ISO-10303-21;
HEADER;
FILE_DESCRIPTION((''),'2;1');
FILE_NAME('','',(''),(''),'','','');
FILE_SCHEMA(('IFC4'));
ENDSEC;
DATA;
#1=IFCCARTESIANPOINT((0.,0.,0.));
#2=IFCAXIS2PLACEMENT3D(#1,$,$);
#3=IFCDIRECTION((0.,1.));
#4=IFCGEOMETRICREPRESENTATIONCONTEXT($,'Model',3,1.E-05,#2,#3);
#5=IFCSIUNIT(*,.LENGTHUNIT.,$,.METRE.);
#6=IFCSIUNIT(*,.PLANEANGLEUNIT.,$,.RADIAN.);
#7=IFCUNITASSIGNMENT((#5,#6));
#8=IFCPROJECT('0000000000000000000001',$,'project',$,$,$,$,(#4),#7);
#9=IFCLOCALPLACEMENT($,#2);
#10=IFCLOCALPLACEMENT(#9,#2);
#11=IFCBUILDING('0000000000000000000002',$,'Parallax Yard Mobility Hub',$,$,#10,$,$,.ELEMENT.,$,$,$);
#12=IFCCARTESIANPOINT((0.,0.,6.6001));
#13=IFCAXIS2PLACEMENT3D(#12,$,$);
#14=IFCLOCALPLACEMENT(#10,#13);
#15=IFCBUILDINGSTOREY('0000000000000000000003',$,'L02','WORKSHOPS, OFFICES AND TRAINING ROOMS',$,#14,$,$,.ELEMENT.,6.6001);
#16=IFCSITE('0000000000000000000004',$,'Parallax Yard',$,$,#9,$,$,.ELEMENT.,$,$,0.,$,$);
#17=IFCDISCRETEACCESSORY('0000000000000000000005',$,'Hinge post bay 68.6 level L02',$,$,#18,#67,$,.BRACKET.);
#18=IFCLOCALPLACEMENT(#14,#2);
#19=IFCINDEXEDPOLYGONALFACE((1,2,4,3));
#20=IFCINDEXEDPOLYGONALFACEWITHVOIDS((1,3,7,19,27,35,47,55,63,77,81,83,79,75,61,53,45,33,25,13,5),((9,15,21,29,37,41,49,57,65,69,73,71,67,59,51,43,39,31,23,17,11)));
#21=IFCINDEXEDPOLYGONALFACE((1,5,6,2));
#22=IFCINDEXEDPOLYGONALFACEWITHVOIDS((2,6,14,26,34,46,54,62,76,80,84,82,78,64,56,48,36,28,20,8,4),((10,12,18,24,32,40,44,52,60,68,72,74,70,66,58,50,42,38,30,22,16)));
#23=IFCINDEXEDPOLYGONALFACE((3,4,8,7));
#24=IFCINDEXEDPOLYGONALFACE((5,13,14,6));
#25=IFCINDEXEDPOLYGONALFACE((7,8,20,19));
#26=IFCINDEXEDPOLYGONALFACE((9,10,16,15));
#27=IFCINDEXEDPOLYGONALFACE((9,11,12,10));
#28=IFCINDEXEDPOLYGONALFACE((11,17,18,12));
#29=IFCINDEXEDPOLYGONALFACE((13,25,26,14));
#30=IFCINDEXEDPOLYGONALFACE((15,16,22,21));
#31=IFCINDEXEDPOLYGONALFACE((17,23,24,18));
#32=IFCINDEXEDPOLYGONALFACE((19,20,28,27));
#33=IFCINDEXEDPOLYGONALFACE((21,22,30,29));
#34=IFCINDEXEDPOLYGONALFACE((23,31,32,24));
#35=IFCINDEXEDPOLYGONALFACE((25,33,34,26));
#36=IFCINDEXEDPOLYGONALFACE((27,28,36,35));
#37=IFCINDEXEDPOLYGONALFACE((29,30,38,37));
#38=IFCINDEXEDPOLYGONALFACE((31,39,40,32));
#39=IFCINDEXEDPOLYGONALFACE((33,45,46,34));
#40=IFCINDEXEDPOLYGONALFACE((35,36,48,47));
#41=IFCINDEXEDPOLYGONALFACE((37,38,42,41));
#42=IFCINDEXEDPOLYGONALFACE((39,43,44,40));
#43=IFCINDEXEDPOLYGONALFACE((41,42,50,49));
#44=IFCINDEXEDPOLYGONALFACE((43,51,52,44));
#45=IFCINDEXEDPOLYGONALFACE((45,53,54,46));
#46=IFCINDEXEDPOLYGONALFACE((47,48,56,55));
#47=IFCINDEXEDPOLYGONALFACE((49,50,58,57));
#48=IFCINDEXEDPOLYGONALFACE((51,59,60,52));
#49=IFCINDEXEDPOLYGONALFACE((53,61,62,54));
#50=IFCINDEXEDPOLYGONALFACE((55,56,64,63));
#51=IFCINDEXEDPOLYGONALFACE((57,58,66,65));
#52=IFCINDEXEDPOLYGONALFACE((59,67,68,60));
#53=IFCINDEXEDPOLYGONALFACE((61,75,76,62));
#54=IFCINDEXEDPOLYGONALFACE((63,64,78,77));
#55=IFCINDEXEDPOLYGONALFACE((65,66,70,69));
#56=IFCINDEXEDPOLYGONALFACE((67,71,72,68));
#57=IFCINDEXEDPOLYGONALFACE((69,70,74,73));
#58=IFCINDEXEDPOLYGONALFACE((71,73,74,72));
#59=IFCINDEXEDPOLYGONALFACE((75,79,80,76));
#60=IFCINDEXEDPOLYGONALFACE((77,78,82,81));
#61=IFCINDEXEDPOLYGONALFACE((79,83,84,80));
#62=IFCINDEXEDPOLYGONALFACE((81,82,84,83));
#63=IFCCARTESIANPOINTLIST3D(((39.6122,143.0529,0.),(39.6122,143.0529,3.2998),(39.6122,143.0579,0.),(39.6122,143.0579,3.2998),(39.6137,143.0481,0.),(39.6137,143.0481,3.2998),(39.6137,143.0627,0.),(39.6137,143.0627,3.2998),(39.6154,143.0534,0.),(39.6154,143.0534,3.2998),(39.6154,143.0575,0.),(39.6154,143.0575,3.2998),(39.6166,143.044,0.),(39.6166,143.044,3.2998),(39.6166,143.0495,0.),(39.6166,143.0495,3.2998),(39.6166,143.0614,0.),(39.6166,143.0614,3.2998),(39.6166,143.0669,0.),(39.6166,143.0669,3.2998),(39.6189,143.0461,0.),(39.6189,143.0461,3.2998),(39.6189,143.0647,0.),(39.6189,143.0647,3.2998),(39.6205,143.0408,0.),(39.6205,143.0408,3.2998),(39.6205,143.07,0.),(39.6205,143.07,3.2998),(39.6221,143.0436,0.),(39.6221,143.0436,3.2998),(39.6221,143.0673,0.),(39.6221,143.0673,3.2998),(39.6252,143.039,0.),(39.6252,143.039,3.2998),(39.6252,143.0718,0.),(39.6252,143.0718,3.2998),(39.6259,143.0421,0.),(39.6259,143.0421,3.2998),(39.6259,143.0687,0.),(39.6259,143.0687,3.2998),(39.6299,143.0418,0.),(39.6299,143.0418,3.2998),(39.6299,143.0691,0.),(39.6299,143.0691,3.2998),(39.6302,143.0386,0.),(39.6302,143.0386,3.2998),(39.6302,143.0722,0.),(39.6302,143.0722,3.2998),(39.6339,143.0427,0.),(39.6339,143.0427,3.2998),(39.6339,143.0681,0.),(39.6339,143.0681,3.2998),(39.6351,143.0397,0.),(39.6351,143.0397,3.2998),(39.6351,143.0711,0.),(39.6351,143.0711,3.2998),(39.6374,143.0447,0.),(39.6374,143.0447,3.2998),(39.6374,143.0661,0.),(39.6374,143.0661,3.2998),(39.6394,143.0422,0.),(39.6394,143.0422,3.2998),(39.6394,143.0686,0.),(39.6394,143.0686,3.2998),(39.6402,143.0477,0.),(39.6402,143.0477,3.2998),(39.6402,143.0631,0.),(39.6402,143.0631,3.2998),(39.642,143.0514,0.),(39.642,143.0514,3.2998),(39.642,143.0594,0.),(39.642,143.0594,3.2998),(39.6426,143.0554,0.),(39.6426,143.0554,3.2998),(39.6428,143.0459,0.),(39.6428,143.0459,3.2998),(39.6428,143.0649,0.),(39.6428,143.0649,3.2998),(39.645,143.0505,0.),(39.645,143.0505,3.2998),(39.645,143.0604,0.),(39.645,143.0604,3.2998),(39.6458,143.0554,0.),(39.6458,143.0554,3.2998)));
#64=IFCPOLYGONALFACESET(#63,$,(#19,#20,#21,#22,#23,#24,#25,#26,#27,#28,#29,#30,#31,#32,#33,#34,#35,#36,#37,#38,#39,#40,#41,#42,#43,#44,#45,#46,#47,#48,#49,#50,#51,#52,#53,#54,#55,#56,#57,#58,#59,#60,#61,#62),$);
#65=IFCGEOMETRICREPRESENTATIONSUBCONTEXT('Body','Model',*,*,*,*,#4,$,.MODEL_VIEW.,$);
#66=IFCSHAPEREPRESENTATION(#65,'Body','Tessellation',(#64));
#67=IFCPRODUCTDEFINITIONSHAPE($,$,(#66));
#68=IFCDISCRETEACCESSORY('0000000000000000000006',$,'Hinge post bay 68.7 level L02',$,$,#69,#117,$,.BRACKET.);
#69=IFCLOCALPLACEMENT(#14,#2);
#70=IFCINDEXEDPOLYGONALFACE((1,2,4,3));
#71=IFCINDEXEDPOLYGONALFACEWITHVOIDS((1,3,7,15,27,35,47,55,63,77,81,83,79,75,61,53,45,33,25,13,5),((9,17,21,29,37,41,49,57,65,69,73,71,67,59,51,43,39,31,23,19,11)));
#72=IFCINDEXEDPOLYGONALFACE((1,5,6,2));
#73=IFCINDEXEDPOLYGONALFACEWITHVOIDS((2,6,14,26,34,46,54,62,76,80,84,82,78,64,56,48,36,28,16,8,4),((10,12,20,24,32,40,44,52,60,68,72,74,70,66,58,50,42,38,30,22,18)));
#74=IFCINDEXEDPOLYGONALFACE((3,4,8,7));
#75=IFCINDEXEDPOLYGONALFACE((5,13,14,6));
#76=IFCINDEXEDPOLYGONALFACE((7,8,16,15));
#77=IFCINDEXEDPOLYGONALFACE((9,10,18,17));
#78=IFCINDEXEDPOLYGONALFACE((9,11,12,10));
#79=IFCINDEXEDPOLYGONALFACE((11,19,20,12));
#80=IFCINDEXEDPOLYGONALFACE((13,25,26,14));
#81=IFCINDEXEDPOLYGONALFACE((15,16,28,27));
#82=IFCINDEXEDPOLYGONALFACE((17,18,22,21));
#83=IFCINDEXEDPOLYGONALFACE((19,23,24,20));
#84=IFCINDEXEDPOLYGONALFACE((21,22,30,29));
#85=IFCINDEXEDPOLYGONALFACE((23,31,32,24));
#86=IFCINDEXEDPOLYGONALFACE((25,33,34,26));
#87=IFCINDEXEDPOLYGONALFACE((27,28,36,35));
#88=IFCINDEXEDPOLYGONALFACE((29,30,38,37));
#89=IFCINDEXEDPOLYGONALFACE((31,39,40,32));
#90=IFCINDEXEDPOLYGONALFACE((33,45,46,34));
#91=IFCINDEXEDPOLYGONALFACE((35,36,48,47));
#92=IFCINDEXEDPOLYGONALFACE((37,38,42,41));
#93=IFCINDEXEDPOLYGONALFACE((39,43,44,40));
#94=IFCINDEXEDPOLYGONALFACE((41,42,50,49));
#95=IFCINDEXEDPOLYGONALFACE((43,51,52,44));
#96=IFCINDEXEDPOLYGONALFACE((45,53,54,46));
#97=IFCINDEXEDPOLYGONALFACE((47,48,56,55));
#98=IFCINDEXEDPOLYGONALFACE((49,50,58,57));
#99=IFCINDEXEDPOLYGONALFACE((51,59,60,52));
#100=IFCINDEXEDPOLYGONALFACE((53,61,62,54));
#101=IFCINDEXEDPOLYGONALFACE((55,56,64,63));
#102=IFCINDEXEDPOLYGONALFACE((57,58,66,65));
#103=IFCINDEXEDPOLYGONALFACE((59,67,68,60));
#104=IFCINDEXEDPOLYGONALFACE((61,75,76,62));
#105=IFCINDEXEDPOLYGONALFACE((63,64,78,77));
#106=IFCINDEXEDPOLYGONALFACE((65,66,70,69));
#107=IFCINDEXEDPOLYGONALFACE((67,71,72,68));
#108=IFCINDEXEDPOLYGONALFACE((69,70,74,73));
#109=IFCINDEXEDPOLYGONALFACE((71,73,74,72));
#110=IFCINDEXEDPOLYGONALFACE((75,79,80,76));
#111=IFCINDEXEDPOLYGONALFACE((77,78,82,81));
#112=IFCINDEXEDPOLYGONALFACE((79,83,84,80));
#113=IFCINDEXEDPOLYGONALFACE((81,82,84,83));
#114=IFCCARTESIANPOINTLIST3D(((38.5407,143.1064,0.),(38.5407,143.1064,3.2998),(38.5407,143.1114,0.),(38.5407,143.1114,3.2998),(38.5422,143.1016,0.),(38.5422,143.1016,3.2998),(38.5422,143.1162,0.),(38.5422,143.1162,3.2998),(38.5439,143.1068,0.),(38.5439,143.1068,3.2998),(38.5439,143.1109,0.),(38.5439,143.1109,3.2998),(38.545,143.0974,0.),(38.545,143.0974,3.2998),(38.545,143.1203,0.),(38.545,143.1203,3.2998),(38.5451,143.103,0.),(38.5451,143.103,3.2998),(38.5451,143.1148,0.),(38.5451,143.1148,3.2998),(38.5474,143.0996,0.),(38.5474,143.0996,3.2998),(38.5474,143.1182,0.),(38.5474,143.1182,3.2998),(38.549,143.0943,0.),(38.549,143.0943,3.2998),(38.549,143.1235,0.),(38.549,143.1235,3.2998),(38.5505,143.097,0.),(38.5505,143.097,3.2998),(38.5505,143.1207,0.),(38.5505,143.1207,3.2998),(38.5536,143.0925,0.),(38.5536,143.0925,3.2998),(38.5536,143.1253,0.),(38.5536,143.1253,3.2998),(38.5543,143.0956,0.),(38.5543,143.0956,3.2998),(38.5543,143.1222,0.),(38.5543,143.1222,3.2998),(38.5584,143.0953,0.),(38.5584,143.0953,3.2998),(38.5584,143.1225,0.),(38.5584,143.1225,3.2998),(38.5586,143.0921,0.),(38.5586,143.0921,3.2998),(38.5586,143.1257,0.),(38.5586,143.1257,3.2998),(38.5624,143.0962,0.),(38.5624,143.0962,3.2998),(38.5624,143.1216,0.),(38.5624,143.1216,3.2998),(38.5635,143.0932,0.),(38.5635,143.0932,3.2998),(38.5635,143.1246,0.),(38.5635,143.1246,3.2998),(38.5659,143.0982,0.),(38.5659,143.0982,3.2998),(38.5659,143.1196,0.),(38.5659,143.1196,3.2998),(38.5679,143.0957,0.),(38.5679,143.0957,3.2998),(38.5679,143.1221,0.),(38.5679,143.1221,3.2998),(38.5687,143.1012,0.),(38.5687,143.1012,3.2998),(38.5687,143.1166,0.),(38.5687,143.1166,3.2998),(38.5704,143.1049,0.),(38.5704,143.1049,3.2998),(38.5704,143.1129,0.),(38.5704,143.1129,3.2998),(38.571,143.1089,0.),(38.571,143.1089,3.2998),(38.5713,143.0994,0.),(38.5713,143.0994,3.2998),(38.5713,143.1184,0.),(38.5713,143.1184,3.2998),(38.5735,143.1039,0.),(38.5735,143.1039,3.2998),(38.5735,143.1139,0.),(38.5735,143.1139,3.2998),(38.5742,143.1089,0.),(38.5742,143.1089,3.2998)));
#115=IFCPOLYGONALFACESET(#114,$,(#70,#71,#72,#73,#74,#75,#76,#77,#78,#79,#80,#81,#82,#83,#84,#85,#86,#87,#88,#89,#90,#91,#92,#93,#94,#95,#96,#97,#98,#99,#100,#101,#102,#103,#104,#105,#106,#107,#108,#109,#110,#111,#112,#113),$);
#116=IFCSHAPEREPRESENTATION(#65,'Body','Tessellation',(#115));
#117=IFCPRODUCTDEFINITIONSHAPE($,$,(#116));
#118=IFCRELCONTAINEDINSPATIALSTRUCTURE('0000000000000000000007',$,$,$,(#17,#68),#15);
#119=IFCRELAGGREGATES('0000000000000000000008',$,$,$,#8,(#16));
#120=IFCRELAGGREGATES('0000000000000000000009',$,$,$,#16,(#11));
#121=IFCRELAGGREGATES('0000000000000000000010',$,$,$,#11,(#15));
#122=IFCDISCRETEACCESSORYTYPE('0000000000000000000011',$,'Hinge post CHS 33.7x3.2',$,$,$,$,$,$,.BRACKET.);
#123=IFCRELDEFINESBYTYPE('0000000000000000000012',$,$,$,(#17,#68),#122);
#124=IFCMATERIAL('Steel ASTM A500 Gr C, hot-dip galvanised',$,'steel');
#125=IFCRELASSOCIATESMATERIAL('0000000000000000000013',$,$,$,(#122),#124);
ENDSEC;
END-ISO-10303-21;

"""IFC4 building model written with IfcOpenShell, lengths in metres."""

from ifc_helpers import new_model, si_unit, direction, frame, origin, origin_2d, place, context, subcontext, project, spatial, hollow_circle, extrude, material, material_profile, profile_set, type_object, element, save


model = new_model("IFC4")

# Units and contexts
model_context = context("Model", 3, precision=1e-05, world=origin(), true_north=direction((0.0, 1.0)))
body_context = subcontext(model_context, "Body", "Model", "MODEL_VIEW")
ifc_project = project(units=[si_unit("LENGTHUNIT", "METRE"), si_unit("PLANEANGLEUNIT", "RADIAN")], contexts=[model_context])

# Site, building, storey
site_placement = place(None, origin())
site = spatial("IfcSite", under=ifc_project, at=site_placement, Name="Parallax Yard", CompositionType="ELEMENT", RefElevation=0.0)
building_placement = place(site_placement, origin())
building = spatial("IfcBuilding", under=site, at=building_placement, Name="Parallax Yard Mobility Hub", CompositionType="ELEMENT")
storey_placement = place(building_placement, frame((0.0, 0.0, 6.6001)))
storey = spatial("IfcBuildingStorey", under=building, at=storey_placement, Name="L02", Description="WORKSHOPS, OFFICES AND TRAINING ROOMS", CompositionType="ELEMENT", Elevation=6.6001)

# Discrete accessories
ifc_material_1 = material(Name="Steel ASTM A500 Gr C, hot-dip galvanised", Category="steel")
ifc_material_profile = material_profile(ifc_material_1, hollow_circle(Radius=0.0168, WallThickness=0.0032, at=origin_2d()), Name="CHS 33.7x3.2")
ifc_profile_set = profile_set([ifc_material_profile], Name="Steel ASTM A500 Gr C, hot-dip galvanised")
discrete_accessory_type = type_object("IfcDiscreteAccessoryType", Name="Hinge post CHS 33.7x3.2", PredefinedType="BRACKET", material=ifc_profile_set)
for number, where, z_axis, x_axis, name in (
    (1, (39.6289, 143.0554, 0.0), (0.0, 0.0, 1.0), (1.0, 0.0, 0.0), "Hinge post bay 68.6 level L02"),
    (2, (38.5574, 143.1089, 0.0), (0.0, 0.0, 1.0), (1.0, 0.0, 0.0), "Hinge post bay 68.7 level L02"),
):
    element("IfcDiscreteAccessory", number, at=place(storey_placement, frame(where, z_axis=z_axis, x_axis=x_axis)), inside=storey, type_object=discrete_accessory_type, Name=name, PredefinedType="BRACKET", context=body_context, shape_type="SweptSolid", body=[
        extrude(hollow_circle(Radius=0.0168, WallThickness=0.0032, at=origin_2d()), origin(), (0.0, 0.0, 1.0), 3.2998),
    ])

save(model, "model.ifc")
